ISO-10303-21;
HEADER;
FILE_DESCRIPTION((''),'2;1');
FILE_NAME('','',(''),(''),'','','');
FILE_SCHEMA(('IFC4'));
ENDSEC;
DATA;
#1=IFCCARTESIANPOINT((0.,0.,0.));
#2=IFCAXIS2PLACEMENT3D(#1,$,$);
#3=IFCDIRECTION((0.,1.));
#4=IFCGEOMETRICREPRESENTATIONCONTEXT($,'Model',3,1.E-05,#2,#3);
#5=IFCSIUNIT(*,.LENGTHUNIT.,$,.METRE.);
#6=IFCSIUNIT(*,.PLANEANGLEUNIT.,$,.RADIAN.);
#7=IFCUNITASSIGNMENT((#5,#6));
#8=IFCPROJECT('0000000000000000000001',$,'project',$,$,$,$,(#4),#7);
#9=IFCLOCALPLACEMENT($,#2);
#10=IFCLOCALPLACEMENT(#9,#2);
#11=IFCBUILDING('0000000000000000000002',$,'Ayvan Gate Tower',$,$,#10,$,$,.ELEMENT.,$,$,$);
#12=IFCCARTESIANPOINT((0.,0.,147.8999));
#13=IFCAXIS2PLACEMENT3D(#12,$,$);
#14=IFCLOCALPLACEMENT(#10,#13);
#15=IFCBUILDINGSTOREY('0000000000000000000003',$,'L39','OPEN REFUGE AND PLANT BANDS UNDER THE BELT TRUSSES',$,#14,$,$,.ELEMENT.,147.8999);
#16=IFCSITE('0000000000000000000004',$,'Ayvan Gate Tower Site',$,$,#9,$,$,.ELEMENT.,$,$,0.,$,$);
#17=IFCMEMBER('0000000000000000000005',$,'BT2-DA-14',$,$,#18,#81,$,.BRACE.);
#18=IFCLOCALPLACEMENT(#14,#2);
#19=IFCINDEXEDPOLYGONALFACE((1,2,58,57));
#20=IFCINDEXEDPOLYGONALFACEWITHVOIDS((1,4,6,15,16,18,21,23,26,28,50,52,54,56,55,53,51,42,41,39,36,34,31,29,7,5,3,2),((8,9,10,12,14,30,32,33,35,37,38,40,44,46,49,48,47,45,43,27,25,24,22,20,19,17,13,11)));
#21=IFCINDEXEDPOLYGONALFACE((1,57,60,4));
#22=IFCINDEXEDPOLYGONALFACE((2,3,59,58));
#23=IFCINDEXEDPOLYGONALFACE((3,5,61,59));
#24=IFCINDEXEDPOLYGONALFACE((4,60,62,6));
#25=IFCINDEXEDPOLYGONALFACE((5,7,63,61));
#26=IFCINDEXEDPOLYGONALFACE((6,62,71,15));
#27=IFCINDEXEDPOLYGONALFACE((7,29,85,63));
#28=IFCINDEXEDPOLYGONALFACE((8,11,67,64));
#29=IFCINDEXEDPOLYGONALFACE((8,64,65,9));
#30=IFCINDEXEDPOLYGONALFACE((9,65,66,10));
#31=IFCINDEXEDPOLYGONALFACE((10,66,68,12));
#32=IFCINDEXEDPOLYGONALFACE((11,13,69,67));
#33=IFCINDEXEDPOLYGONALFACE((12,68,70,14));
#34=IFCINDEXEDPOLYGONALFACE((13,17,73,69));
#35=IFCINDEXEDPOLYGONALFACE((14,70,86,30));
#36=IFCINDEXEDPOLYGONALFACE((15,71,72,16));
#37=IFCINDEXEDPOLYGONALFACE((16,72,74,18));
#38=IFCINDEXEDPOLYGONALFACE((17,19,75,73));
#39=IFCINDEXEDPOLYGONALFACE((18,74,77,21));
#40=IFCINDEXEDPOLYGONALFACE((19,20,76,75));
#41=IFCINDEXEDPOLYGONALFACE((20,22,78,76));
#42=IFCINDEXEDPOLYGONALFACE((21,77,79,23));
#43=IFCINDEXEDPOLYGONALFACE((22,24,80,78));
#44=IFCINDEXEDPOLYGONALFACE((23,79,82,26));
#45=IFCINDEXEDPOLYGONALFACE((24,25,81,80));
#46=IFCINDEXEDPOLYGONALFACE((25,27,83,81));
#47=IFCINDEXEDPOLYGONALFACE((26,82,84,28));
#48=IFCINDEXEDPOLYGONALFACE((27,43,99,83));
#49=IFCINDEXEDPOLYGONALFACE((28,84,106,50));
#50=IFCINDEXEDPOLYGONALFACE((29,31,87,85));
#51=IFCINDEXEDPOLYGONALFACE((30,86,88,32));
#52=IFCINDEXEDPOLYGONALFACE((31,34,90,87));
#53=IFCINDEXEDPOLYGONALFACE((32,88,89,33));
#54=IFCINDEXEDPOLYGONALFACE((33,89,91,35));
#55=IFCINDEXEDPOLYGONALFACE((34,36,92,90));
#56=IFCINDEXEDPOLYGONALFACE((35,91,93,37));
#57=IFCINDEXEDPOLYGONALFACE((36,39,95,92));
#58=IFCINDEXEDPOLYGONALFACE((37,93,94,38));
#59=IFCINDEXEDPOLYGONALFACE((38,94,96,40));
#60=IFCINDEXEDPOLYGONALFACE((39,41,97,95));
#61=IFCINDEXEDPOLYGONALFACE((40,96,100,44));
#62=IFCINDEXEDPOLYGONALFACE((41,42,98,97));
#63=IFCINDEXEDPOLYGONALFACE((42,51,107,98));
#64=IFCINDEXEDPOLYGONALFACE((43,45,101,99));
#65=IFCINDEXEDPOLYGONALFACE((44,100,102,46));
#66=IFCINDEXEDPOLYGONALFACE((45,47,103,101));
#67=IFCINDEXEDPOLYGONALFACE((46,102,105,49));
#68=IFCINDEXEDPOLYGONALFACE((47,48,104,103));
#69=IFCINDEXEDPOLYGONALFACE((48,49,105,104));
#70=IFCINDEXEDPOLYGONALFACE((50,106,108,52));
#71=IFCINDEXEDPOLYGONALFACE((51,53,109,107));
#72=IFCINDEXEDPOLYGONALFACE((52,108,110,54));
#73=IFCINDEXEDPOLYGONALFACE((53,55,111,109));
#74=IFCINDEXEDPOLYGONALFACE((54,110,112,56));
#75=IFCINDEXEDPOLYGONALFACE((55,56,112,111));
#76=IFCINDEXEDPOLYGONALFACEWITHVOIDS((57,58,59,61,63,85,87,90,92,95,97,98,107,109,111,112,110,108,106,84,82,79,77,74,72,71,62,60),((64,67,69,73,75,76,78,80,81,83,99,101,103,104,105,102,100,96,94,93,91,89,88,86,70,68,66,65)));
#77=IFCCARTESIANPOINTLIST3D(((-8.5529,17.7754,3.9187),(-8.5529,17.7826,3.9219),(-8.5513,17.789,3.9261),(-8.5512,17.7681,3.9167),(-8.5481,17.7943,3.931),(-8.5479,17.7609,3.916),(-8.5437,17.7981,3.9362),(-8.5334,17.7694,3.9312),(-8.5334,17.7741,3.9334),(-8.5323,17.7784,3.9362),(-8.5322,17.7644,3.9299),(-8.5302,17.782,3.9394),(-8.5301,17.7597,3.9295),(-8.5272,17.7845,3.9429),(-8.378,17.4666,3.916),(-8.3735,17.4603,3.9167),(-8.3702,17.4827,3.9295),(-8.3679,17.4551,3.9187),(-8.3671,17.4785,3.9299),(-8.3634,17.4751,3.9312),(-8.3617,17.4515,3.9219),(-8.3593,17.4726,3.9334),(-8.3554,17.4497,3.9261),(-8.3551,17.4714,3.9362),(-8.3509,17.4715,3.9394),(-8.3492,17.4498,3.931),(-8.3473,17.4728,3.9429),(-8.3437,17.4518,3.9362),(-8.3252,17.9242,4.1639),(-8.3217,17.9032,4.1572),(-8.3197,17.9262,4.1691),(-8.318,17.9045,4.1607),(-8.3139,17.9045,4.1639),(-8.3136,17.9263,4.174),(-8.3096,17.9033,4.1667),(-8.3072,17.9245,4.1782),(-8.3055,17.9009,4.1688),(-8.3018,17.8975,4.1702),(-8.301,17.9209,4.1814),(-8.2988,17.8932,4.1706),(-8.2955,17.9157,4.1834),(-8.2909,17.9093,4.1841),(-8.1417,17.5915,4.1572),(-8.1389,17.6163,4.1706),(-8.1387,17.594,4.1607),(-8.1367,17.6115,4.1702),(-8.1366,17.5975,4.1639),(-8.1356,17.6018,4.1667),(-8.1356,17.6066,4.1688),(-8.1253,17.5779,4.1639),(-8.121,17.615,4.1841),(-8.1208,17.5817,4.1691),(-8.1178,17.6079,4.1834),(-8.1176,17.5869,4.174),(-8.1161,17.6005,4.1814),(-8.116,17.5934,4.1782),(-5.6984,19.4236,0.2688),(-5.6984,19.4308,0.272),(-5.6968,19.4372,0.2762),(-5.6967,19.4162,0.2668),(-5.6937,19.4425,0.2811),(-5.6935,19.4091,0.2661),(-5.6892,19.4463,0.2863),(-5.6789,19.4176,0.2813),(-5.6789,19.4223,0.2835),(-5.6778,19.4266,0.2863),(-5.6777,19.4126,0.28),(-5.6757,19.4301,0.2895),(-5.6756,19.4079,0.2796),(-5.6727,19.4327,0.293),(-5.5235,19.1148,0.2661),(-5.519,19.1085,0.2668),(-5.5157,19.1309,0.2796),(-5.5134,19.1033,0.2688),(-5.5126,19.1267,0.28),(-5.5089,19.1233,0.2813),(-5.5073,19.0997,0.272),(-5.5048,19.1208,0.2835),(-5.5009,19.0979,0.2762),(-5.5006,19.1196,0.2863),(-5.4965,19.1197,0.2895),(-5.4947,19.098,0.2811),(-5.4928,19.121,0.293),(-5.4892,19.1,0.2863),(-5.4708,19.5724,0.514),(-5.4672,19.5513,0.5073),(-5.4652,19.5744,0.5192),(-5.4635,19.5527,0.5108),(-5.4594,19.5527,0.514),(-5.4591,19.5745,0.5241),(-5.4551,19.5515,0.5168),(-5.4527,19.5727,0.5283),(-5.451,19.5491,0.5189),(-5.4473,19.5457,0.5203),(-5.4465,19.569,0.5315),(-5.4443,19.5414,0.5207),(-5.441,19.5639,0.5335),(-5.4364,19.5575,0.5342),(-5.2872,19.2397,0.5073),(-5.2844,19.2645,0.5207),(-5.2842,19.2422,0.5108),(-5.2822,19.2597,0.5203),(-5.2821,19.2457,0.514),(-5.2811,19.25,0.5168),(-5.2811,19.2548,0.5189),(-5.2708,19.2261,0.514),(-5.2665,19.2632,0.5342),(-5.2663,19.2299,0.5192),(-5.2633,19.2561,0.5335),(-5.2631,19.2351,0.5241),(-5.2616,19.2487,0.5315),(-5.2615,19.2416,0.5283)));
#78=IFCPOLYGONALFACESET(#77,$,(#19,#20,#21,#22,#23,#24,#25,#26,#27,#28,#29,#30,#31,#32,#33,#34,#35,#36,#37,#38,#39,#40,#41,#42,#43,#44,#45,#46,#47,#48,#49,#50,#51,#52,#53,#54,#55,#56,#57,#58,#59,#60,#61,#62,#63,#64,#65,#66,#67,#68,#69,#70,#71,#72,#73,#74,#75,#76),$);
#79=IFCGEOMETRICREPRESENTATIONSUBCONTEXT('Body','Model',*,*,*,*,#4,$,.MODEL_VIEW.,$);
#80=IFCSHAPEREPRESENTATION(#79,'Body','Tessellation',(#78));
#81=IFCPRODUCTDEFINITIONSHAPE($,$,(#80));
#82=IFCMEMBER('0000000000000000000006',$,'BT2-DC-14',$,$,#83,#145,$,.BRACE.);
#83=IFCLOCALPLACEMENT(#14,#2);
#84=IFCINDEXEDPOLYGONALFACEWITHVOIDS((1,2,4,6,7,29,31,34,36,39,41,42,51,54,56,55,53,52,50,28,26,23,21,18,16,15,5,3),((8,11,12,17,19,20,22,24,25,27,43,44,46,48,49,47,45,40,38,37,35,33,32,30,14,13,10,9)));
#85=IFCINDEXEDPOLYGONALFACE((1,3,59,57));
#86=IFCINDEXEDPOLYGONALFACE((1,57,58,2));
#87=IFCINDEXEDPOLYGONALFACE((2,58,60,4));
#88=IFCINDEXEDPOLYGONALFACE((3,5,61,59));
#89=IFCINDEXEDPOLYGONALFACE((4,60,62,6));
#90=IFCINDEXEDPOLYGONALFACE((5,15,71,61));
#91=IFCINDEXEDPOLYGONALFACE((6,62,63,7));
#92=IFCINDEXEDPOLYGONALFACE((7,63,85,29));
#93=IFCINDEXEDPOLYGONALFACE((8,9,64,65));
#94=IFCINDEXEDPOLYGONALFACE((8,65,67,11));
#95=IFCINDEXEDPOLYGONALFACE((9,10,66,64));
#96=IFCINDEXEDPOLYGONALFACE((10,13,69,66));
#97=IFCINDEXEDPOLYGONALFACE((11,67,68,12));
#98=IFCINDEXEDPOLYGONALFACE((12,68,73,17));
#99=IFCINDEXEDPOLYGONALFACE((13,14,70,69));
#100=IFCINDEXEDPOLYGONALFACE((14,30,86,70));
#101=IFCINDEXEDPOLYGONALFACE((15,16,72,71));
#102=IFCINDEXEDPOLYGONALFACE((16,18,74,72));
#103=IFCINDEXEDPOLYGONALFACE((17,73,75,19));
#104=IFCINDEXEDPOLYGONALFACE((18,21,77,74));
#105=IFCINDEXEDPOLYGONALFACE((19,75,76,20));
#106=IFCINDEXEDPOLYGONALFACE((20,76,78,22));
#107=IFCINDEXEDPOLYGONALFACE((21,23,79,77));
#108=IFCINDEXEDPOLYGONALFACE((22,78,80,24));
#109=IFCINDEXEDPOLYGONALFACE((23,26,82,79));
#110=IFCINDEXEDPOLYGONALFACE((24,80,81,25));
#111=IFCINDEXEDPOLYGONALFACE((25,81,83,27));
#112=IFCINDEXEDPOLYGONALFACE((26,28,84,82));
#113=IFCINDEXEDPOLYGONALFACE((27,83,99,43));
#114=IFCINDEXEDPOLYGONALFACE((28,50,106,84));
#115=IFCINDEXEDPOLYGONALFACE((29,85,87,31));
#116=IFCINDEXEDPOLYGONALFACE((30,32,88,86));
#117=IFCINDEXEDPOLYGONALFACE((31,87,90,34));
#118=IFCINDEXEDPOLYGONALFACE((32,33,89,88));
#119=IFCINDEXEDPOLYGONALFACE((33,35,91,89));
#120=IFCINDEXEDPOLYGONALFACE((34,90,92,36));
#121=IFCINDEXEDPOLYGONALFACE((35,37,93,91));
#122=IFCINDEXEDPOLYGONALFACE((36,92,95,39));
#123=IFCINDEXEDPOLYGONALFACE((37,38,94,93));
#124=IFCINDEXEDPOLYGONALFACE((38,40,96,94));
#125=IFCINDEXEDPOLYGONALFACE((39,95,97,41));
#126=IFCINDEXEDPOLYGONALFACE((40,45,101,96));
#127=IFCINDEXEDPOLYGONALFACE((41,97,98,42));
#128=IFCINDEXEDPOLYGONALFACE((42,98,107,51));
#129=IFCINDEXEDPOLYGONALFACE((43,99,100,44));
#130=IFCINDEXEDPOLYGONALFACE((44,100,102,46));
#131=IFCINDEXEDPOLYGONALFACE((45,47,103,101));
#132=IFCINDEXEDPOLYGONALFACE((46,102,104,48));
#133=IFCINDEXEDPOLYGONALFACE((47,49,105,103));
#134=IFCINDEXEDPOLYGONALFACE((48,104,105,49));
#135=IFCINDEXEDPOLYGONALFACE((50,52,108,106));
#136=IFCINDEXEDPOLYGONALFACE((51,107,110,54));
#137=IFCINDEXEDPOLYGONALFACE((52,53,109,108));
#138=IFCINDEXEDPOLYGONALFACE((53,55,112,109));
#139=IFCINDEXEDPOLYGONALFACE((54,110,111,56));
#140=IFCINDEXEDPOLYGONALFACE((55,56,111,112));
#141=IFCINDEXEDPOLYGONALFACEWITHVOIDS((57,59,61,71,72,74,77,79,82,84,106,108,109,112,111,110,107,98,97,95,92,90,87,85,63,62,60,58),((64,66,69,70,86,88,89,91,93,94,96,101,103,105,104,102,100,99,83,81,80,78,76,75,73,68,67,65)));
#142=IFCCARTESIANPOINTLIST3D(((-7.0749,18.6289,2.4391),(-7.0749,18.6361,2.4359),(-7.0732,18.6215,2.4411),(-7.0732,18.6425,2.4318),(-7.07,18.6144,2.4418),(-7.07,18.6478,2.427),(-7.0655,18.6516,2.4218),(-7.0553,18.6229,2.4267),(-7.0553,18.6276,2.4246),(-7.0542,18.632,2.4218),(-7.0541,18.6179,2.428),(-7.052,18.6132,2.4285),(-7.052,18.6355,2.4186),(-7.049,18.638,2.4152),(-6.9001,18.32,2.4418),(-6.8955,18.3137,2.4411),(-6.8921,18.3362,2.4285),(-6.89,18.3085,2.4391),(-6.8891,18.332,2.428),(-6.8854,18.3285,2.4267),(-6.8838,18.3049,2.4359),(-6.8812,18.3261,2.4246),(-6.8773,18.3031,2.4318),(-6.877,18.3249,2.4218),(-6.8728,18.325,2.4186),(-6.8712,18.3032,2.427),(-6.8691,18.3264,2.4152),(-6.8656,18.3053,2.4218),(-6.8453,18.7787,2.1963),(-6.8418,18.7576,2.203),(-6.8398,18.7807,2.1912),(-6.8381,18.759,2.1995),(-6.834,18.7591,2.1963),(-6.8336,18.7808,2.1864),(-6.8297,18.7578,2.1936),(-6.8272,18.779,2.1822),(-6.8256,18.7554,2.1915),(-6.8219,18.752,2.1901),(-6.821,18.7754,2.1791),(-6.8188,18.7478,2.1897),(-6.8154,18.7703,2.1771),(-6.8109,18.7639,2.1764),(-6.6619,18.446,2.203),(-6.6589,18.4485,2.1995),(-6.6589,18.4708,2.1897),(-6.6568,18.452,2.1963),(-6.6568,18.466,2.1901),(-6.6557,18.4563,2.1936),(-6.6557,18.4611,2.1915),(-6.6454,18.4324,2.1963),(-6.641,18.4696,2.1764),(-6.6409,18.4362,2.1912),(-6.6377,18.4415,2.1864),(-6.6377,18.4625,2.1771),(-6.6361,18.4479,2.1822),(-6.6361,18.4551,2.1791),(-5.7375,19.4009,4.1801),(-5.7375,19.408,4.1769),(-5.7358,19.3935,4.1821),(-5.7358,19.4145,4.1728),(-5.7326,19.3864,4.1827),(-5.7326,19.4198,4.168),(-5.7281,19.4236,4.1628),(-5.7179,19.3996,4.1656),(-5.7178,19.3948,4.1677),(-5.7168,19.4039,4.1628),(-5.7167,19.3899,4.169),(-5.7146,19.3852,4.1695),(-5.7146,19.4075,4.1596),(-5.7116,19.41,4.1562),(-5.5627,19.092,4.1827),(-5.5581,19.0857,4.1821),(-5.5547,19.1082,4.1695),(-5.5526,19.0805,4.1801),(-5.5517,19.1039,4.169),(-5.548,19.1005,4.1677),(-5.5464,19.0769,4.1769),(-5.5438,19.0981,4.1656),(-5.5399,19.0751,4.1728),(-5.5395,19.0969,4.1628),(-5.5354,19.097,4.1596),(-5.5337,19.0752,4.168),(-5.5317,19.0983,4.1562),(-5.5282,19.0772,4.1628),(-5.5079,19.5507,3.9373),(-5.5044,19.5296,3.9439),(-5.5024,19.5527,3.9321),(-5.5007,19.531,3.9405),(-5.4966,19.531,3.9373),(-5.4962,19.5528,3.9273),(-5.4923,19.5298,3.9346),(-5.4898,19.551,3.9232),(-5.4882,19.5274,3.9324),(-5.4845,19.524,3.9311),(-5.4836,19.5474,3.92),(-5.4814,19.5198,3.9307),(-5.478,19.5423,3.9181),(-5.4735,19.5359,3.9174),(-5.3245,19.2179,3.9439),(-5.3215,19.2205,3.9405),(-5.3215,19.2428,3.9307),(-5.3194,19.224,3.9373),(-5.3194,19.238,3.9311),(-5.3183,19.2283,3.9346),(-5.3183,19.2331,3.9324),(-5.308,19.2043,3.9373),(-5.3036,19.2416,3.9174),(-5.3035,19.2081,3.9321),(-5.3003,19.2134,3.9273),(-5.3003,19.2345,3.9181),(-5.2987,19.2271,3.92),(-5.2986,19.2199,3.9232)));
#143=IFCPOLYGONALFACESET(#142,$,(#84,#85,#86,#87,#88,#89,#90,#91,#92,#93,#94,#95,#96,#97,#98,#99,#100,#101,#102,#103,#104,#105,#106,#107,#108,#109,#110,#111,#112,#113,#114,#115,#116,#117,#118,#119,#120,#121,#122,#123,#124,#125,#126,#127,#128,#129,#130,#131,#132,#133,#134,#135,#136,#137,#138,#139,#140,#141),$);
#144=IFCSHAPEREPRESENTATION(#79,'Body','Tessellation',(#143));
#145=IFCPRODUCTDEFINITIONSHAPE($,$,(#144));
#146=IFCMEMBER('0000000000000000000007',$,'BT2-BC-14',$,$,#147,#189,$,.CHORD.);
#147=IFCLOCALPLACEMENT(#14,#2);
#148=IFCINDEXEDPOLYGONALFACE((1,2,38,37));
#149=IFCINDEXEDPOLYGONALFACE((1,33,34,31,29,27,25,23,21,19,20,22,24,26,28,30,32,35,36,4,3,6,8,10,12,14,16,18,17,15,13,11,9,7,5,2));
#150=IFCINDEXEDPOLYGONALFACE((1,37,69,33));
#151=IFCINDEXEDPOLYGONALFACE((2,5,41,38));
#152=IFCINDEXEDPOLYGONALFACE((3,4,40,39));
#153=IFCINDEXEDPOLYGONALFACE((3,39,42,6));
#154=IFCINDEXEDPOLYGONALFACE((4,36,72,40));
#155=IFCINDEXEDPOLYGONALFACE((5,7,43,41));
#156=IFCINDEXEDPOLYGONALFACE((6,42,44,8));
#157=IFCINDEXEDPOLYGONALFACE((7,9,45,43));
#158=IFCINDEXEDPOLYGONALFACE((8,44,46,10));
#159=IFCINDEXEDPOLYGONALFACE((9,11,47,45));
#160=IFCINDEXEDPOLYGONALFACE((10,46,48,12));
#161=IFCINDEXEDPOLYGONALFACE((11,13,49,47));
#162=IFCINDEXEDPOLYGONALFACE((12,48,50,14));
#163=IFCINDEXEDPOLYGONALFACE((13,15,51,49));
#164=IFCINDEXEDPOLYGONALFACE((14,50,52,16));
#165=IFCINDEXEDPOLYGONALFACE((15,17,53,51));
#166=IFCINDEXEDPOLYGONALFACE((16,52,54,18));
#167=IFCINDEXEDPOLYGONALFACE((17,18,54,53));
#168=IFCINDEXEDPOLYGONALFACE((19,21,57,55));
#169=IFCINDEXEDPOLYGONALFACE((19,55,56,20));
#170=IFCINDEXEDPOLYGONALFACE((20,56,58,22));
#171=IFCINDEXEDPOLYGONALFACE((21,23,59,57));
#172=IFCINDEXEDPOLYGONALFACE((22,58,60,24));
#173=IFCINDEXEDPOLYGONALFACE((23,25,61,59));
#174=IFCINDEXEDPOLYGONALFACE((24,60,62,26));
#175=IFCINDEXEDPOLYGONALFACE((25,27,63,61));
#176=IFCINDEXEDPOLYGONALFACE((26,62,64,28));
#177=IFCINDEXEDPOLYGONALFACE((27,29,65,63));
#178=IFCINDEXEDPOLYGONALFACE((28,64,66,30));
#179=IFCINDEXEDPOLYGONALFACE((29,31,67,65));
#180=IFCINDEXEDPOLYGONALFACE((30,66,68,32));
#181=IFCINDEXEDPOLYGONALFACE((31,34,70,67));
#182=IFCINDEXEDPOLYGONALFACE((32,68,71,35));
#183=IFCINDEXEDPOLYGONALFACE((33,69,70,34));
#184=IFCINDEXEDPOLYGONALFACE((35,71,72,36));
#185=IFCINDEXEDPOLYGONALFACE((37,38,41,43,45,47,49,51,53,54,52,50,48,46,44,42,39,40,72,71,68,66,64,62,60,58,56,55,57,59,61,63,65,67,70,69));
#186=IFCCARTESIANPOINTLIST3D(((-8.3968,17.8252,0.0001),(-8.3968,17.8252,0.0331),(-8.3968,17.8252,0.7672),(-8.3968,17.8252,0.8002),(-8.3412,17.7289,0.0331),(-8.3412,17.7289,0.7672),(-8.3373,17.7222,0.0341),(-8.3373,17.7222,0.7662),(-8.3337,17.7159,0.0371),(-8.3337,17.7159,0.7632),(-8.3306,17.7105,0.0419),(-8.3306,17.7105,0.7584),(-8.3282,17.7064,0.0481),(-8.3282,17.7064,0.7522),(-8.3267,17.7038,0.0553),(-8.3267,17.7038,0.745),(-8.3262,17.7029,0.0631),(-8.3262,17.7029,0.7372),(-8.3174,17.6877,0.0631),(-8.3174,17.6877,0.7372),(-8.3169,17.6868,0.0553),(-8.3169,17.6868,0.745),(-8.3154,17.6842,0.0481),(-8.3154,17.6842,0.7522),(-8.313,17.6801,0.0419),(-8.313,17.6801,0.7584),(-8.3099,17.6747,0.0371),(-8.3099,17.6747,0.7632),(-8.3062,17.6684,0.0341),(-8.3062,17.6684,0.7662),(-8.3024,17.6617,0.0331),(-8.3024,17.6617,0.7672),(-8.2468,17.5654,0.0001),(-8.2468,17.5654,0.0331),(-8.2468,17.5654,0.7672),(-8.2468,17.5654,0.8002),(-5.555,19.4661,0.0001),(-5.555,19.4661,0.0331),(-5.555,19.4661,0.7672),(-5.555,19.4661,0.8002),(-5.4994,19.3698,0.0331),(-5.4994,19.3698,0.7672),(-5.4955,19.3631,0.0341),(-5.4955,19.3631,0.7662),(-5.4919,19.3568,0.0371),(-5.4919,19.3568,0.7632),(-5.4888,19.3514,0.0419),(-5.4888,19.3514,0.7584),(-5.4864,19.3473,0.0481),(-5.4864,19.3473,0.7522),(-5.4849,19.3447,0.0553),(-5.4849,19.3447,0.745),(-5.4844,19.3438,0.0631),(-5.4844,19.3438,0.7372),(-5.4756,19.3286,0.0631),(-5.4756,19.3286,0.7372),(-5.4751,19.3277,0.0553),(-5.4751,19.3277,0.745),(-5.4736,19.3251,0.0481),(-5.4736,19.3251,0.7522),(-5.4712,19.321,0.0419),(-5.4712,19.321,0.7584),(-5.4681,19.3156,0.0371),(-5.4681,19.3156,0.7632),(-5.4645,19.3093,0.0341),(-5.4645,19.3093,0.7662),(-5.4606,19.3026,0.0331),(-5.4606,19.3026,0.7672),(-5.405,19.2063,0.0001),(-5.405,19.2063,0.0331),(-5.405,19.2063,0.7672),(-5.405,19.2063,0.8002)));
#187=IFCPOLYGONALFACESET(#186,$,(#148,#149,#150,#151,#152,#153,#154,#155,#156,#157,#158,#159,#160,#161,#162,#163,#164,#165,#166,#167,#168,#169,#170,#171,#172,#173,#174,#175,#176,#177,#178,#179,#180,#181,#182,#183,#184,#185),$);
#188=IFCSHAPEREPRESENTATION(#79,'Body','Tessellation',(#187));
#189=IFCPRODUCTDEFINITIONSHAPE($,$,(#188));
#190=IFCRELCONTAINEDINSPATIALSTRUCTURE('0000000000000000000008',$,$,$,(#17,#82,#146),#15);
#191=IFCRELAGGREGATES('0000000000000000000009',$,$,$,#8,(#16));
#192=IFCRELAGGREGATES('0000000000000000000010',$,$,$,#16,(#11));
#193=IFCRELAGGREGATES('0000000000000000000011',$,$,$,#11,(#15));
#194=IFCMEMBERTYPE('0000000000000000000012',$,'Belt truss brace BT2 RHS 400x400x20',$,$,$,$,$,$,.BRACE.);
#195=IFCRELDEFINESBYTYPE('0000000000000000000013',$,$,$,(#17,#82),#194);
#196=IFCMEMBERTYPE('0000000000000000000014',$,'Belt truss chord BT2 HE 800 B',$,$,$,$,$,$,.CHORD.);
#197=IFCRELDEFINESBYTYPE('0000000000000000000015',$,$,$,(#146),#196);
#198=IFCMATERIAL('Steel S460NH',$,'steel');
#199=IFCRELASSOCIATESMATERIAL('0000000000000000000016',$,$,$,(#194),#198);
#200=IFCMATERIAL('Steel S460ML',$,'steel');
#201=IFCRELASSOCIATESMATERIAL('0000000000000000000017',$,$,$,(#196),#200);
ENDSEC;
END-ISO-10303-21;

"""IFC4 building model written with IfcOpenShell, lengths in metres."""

from ifc_helpers import new_model, si_unit, direction, frame, origin, origin_2d, place, context, subcontext, project, spatial, hollow_rectangle, i_section, extrude, material, material_profile, profile_set, type_object, element, save


model = new_model("IFC4")

# Units and contexts
model_context = context("Model", 3, precision=1e-05, world=origin(), true_north=direction((0.0, 1.0)))
body_context = subcontext(model_context, "Body", "Model", "MODEL_VIEW")
ifc_project = project(units=[si_unit("LENGTHUNIT", "METRE"), si_unit("PLANEANGLEUNIT", "RADIAN")], contexts=[model_context])

# Site, building, storey
site_placement = place(None, origin())
site = spatial("IfcSite", under=ifc_project, at=site_placement, Name="Ayvan Gate Tower Site", CompositionType="ELEMENT", RefElevation=0.0)
building_placement = place(site_placement, origin())
building = spatial("IfcBuilding", under=site, at=building_placement, Name="Ayvan Gate Tower", CompositionType="ELEMENT")
storey_placement = place(building_placement, frame((0.0, 0.0, 147.8999)))
storey = spatial("IfcBuildingStorey", under=building, at=storey_placement, Name="L39", Description="OPEN REFUGE AND PLANT BANDS UNDER THE BELT TRUSSES", CompositionType="ELEMENT", Elevation=147.8999)

# Members
ifc_material_1 = material(Name="Steel S460NH", Category="steel")
ifc_material_profile_1 = material_profile(ifc_material_1, hollow_rectangle(XDim=0.3999, YDim=0.3999, WallThickness=0.02, InnerFilletRadius=0.02, OuterFilletRadius=0.03, at=origin_2d()), Name="RHS 400x400x20")
ifc_profile_set_1 = profile_set([ifc_material_profile_1], Name="Steel S460NH")
member_type_1 = type_object("IfcMemberType", Name="Belt truss brace BT2 RHS 400x400x20", PredefinedType="BRACE", material=ifc_profile_set_1)
member_1_placement = place(storey_placement, frame((-5.48, 19.3362, 0.4001), z_axis=(-0.580421, -0.335137, 0.742156), x_axis=(0.500034, -0.866005, 0.0)))
element("IfcMember", 1, at=member_1_placement, inside=storey, type_object=member_type_1, Name="BT2-DA-14", PredefinedType="BRACE", context=body_context, shape_type="SweptSolid", body=[
    extrude(hollow_rectangle(XDim=0.3999, YDim=0.3999, WallThickness=0.02, InnerFilletRadius=0.02, OuterFilletRadius=0.03, at=origin_2d()), origin(), (0.0, 0.0, 1.0), 4.918),
])
member_2_placement = place(storey_placement, frame((-6.8555, 18.542, 2.3091), z_axis=(0.574699, 0.331727, 0.748116), x_axis=(-0.499914, 0.866075, 0.0)))
element("IfcMember", 2, at=member_2_placement, inside=storey, type_object=member_type_1, Name="BT2-DC-14", PredefinedType="BRACE", context=body_context, shape_type="SweptSolid", body=[
    extrude(hollow_rectangle(XDim=0.3999, YDim=0.3999, WallThickness=0.02, InnerFilletRadius=0.02, OuterFilletRadius=0.03, at=origin_2d()), origin(), (0.0, 0.0, 1.0), 2.3271),
])
ifc_material_2 = material(Name="Steel S460ML", Category="steel")
ifc_material_profile_2 = material_profile(ifc_material_2, i_section(OverallWidth=0.3, OverallDepth=0.8, WebThickness=0.0176, FlangeThickness=0.033, FilletRadius=0.03, at=origin_2d()), Name="HE 800 B")
ifc_profile_set_2 = profile_set([ifc_material_profile_2], Name="Steel S460ML")
member_type_2 = type_object("IfcMemberType", Name="Belt truss chord BT2 HE 800 B", PredefinedType="CHORD", material=ifc_profile_set_2)
member_3_placement = place(storey_placement, frame((-5.48, 19.3362, 0.4001), z_axis=(-0.866005, -0.500036, 0.0), x_axis=(0.500036, -0.866005, 0.0)))
element("IfcMember", 3, at=member_3_placement, inside=storey, type_object=member_type_2, Name="BT2-BC-14", PredefinedType="CHORD", context=body_context, shape_type="SweptSolid", body=[
    extrude(i_section(OverallWidth=0.3, OverallDepth=0.8, WebThickness=0.0176, FlangeThickness=0.033, FilletRadius=0.03, at=origin_2d()), origin(), (0.0, 0.0, 1.0), 3.2815),
])

save(model, "model.ifc")
